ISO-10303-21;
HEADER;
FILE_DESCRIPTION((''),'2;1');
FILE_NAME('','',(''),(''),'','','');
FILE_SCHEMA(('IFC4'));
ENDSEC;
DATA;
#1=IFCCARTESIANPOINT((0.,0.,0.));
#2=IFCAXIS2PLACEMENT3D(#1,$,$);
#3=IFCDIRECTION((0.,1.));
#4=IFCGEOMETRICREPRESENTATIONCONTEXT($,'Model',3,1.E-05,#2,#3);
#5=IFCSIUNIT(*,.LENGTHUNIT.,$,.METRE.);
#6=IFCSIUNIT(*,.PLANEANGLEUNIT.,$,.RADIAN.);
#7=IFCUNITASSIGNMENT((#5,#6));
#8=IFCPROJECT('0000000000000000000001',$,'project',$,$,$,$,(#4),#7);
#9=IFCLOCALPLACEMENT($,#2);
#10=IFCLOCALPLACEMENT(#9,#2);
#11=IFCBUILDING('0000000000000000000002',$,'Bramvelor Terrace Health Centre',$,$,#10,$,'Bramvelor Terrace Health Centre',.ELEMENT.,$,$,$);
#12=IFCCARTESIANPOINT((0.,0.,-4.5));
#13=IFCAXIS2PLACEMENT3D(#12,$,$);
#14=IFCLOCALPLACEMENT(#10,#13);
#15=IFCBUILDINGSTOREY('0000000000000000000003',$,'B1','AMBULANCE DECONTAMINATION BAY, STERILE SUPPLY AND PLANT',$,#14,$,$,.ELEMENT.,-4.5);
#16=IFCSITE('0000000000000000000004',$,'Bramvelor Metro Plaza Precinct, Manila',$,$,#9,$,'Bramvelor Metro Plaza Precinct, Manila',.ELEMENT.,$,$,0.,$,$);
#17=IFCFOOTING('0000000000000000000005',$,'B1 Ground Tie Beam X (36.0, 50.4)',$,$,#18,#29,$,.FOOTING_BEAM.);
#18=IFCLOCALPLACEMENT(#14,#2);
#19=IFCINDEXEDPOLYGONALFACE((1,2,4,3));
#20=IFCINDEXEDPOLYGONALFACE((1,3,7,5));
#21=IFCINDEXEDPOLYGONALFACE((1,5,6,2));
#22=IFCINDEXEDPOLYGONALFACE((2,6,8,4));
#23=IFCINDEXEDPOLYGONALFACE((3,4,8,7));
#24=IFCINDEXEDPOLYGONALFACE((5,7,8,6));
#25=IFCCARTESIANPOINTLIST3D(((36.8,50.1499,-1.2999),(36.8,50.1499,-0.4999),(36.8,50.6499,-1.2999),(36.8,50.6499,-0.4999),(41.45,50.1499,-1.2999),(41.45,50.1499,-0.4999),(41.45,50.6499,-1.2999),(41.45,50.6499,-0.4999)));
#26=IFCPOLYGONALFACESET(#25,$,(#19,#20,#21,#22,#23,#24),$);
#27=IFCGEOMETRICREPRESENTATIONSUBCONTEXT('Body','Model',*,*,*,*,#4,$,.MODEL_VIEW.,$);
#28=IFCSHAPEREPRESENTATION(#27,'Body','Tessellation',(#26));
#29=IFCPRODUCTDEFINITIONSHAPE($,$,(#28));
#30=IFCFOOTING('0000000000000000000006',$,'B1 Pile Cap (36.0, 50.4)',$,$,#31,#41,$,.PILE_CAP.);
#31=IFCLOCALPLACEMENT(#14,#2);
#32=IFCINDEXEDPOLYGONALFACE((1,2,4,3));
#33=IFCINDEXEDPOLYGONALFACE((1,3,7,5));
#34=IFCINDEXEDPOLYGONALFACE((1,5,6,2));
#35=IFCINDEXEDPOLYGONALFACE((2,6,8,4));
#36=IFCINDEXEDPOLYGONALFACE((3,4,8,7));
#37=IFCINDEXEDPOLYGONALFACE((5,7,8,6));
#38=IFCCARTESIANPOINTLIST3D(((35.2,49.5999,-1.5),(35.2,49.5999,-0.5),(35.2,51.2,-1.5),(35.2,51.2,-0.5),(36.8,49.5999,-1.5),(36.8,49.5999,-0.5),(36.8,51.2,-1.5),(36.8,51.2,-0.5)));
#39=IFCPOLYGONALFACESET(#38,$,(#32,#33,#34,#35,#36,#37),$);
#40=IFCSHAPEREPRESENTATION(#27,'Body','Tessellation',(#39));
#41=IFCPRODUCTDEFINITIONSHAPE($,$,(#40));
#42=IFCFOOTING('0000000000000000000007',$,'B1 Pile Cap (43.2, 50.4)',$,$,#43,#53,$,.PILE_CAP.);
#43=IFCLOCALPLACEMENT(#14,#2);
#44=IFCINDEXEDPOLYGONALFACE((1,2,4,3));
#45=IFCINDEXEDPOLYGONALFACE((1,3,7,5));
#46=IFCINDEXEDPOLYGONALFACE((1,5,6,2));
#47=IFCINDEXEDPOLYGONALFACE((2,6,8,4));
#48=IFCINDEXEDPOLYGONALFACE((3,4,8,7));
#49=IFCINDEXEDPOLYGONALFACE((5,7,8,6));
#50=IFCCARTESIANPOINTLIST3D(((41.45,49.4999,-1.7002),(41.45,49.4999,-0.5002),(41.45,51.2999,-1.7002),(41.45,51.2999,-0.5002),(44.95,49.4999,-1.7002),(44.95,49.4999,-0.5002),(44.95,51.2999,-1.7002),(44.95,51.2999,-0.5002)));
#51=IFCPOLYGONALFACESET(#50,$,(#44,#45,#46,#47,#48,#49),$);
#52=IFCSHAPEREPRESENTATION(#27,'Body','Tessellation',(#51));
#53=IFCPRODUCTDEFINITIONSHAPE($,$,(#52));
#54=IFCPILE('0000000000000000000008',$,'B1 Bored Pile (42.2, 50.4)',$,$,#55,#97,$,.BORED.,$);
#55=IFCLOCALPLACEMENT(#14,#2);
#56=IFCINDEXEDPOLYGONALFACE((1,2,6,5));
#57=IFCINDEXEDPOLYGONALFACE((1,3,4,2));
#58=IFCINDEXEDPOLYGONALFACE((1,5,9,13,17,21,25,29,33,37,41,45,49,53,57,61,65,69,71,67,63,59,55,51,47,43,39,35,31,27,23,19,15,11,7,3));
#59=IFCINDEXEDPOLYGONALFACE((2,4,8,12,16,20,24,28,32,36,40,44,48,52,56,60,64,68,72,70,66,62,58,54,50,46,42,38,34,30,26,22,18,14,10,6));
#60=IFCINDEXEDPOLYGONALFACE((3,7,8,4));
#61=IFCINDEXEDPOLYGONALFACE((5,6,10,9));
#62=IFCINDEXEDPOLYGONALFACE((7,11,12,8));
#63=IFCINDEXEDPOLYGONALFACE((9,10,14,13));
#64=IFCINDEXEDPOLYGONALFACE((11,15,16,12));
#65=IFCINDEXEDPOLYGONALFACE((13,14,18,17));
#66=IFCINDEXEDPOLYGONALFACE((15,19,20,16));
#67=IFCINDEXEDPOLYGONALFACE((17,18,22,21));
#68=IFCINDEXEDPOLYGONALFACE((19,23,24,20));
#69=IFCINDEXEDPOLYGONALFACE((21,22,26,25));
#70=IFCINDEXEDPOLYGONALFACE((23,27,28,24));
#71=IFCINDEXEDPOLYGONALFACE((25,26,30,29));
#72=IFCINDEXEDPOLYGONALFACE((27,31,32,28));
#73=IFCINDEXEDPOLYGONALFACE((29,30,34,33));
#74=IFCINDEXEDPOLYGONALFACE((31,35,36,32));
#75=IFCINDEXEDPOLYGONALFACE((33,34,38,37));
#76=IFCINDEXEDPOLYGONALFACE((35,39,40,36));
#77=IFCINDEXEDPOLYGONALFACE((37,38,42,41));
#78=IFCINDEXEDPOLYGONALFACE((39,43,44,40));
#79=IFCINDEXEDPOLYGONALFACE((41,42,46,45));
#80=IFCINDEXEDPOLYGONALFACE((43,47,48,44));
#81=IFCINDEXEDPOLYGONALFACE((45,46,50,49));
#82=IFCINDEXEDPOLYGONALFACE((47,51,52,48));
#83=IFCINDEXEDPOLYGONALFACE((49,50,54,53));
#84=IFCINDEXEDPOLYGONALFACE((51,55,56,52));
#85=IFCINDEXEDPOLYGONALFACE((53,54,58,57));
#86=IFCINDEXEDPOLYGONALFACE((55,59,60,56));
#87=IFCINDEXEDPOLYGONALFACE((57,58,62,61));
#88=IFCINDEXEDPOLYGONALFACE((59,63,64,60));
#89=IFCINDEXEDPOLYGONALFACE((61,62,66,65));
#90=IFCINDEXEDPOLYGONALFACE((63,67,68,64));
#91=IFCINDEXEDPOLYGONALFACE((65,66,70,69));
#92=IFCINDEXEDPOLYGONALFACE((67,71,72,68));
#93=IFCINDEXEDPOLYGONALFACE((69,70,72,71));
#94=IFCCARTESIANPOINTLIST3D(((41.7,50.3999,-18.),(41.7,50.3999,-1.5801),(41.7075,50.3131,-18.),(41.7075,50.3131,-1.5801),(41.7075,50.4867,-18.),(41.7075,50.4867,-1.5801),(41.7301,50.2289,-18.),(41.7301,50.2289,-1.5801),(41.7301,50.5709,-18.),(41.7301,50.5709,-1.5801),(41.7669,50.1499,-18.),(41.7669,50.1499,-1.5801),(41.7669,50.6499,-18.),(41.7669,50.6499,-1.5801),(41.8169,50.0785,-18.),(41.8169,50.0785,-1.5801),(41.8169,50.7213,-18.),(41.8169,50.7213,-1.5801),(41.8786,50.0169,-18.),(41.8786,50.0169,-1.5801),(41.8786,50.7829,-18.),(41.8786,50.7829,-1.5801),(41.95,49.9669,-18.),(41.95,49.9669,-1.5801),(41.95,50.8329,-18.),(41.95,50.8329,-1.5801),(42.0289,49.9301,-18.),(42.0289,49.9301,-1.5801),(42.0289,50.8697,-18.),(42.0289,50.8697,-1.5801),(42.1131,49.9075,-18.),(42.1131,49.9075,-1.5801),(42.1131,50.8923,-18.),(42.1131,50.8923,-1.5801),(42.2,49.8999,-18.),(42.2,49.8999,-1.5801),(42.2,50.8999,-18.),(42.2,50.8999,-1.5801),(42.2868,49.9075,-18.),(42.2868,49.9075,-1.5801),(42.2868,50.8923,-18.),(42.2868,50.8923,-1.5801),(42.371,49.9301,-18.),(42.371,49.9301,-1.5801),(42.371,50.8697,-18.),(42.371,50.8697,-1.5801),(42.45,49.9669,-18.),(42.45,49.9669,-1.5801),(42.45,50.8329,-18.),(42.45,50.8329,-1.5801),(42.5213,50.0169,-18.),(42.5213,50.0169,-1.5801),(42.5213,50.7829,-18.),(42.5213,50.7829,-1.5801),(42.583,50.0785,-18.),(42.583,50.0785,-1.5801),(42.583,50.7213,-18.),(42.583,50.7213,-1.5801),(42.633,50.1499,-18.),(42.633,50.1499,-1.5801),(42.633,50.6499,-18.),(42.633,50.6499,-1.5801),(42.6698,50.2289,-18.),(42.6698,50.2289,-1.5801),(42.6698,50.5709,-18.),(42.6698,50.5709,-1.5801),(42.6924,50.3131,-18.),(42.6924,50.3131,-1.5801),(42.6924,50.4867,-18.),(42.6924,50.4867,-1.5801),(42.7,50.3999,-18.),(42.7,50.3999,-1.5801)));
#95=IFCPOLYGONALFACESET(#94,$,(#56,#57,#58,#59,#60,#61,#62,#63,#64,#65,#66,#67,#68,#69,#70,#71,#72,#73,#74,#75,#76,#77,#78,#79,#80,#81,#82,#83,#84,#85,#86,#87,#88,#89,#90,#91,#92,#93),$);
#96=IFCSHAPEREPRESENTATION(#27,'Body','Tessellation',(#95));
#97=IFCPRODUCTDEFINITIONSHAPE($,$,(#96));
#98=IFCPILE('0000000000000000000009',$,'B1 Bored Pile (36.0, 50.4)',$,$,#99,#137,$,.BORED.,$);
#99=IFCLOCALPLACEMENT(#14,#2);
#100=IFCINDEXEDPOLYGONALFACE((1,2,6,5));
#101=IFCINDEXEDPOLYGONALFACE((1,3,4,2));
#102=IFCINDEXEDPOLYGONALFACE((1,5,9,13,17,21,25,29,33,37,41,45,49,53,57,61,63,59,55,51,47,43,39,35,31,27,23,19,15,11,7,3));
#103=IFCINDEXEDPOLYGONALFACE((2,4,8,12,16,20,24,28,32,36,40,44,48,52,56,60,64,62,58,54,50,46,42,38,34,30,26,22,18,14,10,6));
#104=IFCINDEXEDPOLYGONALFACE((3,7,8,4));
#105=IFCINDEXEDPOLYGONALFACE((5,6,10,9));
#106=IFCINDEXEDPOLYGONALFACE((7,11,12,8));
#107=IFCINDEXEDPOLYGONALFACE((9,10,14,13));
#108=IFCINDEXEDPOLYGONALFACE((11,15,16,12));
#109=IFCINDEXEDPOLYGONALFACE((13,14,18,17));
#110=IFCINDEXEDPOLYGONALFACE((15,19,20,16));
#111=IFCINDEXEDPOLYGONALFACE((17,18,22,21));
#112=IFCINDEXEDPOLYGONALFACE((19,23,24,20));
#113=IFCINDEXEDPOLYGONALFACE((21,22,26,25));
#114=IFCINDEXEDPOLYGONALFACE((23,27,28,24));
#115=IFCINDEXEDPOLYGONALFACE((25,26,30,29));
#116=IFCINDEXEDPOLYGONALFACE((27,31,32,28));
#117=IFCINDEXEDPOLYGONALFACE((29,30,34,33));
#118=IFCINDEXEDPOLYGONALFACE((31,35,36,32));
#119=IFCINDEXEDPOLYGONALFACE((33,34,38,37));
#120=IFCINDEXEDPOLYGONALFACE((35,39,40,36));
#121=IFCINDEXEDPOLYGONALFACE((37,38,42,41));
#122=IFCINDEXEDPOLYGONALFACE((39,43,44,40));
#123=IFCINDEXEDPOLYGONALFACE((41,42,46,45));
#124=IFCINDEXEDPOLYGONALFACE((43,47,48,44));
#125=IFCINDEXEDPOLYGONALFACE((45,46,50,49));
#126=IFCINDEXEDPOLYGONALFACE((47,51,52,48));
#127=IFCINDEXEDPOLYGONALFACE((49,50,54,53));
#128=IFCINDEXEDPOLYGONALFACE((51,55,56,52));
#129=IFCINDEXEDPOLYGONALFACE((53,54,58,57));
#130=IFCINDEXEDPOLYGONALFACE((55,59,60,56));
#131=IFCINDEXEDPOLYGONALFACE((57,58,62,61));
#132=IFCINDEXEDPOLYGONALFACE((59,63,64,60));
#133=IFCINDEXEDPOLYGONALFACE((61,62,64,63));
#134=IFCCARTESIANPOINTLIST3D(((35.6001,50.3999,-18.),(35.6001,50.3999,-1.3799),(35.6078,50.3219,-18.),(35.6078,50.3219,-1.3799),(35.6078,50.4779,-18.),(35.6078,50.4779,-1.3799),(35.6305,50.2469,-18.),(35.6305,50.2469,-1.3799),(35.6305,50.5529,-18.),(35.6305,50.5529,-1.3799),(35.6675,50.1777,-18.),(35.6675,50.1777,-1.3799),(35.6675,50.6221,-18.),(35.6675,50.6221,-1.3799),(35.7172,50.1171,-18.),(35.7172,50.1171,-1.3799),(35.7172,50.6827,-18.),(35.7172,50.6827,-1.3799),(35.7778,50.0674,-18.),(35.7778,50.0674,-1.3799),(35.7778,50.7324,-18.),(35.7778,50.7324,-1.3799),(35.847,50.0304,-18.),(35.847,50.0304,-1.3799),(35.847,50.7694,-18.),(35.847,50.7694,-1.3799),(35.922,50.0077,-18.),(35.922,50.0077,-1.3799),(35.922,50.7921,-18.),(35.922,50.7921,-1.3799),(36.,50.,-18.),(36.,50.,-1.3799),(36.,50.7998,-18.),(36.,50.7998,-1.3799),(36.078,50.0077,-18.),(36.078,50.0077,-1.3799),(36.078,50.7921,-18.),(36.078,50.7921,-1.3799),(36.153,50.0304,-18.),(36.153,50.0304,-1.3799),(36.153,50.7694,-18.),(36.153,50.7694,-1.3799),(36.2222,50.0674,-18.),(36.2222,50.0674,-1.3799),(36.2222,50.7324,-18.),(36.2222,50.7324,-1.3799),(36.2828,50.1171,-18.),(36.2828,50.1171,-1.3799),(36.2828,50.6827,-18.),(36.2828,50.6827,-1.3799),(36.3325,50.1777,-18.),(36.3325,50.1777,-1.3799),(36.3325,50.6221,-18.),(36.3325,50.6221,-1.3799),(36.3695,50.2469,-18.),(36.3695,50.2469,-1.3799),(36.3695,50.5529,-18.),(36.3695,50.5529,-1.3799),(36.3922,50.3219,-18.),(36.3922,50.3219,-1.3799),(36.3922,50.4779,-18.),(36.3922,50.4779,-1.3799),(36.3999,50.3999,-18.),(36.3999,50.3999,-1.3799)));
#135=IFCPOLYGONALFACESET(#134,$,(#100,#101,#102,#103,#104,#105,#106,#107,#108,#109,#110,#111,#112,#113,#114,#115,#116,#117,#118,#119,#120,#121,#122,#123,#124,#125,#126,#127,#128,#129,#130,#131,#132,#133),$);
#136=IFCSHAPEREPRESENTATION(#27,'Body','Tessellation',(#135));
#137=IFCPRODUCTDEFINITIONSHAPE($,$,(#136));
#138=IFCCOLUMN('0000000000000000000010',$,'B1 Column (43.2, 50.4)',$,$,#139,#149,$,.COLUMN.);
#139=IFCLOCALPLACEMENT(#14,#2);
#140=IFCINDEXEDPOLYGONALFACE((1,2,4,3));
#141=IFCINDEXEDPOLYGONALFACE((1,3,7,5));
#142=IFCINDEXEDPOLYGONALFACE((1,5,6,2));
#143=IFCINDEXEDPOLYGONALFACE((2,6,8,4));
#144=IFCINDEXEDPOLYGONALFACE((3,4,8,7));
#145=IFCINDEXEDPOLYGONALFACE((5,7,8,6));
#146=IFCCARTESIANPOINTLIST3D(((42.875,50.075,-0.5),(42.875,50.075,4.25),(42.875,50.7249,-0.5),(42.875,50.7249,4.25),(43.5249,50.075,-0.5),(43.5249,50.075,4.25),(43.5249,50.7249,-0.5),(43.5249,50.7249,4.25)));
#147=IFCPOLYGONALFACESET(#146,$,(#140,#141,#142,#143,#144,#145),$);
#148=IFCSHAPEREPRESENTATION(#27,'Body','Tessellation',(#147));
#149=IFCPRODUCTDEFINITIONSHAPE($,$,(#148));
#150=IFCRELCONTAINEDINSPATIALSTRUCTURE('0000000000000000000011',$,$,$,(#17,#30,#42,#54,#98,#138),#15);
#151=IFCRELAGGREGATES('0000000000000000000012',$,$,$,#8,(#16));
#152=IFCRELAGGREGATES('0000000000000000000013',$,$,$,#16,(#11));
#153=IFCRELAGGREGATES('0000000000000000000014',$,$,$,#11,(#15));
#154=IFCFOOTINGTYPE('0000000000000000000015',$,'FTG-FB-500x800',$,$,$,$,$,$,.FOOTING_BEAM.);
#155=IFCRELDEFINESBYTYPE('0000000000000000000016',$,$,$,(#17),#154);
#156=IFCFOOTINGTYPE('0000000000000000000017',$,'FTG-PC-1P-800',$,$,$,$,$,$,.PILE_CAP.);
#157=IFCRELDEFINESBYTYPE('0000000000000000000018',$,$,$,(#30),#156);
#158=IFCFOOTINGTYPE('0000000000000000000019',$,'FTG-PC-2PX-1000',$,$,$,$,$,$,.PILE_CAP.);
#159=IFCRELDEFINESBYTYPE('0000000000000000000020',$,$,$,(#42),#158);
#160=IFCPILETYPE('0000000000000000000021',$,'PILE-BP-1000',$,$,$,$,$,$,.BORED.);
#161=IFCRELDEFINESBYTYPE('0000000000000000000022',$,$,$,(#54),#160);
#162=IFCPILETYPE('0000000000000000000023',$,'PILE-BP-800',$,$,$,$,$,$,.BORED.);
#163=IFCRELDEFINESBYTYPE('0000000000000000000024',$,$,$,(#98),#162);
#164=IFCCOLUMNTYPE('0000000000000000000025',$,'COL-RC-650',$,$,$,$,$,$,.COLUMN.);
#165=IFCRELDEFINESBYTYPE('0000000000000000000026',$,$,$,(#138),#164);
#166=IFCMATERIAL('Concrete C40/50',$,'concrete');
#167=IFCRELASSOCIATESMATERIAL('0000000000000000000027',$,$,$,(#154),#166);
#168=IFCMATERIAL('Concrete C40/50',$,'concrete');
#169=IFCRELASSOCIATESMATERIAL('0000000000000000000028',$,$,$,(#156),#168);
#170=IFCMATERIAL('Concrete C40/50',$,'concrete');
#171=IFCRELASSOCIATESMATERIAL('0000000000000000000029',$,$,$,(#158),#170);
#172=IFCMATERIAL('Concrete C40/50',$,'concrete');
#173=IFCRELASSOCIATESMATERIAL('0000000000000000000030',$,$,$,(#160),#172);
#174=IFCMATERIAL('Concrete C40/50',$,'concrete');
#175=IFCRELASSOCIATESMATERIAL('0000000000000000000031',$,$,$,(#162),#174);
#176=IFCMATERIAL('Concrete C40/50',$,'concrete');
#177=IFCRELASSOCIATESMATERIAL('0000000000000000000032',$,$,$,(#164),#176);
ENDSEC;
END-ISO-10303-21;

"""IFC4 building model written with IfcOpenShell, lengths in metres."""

from ifc_helpers import new_model, si_unit, direction, frame, origin, origin_2d, place, context, subcontext, project, spatial, rectangle, circle, extrude, material, material_profile, profile_set, type_object, element, save


model = new_model("IFC4")

# Units and contexts
model_context = context("Model", 3, precision=1e-05, world=origin(), true_north=direction((0.0, 1.0)))
body_context = subcontext(model_context, "Body", "Model", "MODEL_VIEW")
ifc_project = project(units=[si_unit("LENGTHUNIT", "METRE"), si_unit("PLANEANGLEUNIT", "RADIAN")], contexts=[model_context])

# Site, building, storey
site_placement = place(None, origin())
site = spatial("IfcSite", under=ifc_project, at=site_placement, Name="Bramvelor Metro Plaza Precinct, Manila", LongName="Bramvelor Metro Plaza Precinct, Manila", CompositionType="ELEMENT", RefElevation=0.0)
building_placement = place(site_placement, origin())
building = spatial("IfcBuilding", under=site, at=building_placement, Name="Bramvelor Terrace Health Centre", LongName="Bramvelor Terrace Health Centre", CompositionType="ELEMENT")
storey_placement = place(building_placement, frame((0.0, 0.0, -4.5)))
storey = spatial("IfcBuildingStorey", under=building, at=storey_placement, Name="B1", Description="AMBULANCE DECONTAMINATION BAY, STERILE SUPPLY AND PLANT", CompositionType="ELEMENT", Elevation=-4.5)

# Footings
ifc_material_1 = material(Name="Concrete C40/50", Category="concrete")
ifc_material_profile_1 = material_profile(ifc_material_1, rectangle(XDim=0.5, YDim=0.8, at=origin_2d()), Name="RC 500x800")
ifc_profile_set_1 = profile_set([ifc_material_profile_1], Name="Concrete C40/50")
footing_type_1 = type_object("IfcFootingType", Name="FTG-FB-500x800", PredefinedType="FOOTING_BEAM", material=ifc_profile_set_1)
footing_1_placement = place(storey_placement, frame((36.8, 50.3999, -0.8999), z_axis=(1.0, 0.0, 0.0), x_axis=(0.0, 1.0, 0.0)))
element("IfcFooting", 1, at=footing_1_placement, inside=storey, type_object=footing_type_1, Name="B1 Ground Tie Beam X (36.0, 50.4)", PredefinedType="FOOTING_BEAM", context=body_context, shape_type="SweptSolid", body=[
    extrude(rectangle(XDim=0.5, YDim=0.8, at=origin_2d()), origin(), (0.0, 0.0, 1.0), 4.6499),
])
ifc_material_2 = material(Name="Concrete C40/50", Category="concrete")
footing_type_2 = type_object("IfcFootingType", Name="FTG-PC-1P-800", PredefinedType="PILE_CAP", material=ifc_material_2)
footing_2_placement = place(storey_placement, frame((36.0, 50.3999, -1.5), z_axis=(0.0, 0.0, 1.0), x_axis=(1.0, 0.0, 0.0)))
element("IfcFooting", 2, at=footing_2_placement, inside=storey, type_object=footing_type_2, Name="B1 Pile Cap (36.0, 50.4)", PredefinedType="PILE_CAP", context=body_context, shape_type="SweptSolid", body=[
    extrude(rectangle(XDim=1.6001, YDim=1.6001, at=origin_2d()), origin(), (0.0, 0.0, 1.0), 1.0),
])
ifc_material_3 = material(Name="Concrete C40/50", Category="concrete")
footing_type_3 = type_object("IfcFootingType", Name="FTG-PC-2PX-1000", PredefinedType="PILE_CAP", material=ifc_material_3)
footing_3_placement = place(storey_placement, frame((43.2, 50.3999, -1.7002), z_axis=(0.0, 0.0, 1.0), x_axis=(1.0, 0.0, 0.0)))
element("IfcFooting", 3, at=footing_3_placement, inside=storey, type_object=footing_type_3, Name="B1 Pile Cap (43.2, 50.4)", PredefinedType="PILE_CAP", context=body_context, shape_type="SweptSolid", body=[
    extrude(rectangle(XDim=3.5, YDim=1.8, at=origin_2d()), origin(), (0.0, 0.0, 1.0), 1.2),
])

# Piles
ifc_material_4 = material(Name="Concrete C40/50", Category="concrete")
ifc_material_profile_2 = material_profile(ifc_material_4, circle(Radius=0.5, at=origin_2d()), Name="BP D1000")
ifc_profile_set_2 = profile_set([ifc_material_profile_2], Name="Concrete C40/50")
pile_type_1 = type_object("IfcPileType", Name="PILE-BP-1000", PredefinedType="BORED", material=ifc_profile_set_2)
pile_1_placement = place(storey_placement, frame((42.2, 50.3999, -1.5801), z_axis=(0.0, 0.0, -1.0), x_axis=(1.0, 0.0, 0.0)))
element("IfcPile", 4, at=pile_1_placement, inside=storey, type_object=pile_type_1, Name="B1 Bored Pile (42.2, 50.4)", PredefinedType="BORED", context=body_context, shape_type="SweptSolid", body=[
    extrude(circle(Radius=0.5, at=origin_2d()), origin(), (0.0, 0.0, 1.0), 16.4199),
])
ifc_material_5 = material(Name="Concrete C40/50", Category="concrete")
ifc_material_profile_3 = material_profile(ifc_material_5, circle(Radius=0.3999, at=origin_2d()), Name="BP D800")
ifc_profile_set_3 = profile_set([ifc_material_profile_3], Name="Concrete C40/50")
pile_type_2 = type_object("IfcPileType", Name="PILE-BP-800", PredefinedType="BORED", material=ifc_profile_set_3)
pile_2_placement = place(storey_placement, frame((36.0, 50.3999, -1.3799), z_axis=(0.0, 0.0, -1.0), x_axis=(1.0, 0.0, 0.0)))
element("IfcPile", 5, at=pile_2_placement, inside=storey, type_object=pile_type_2, Name="B1 Bored Pile (36.0, 50.4)", PredefinedType="BORED", context=body_context, shape_type="SweptSolid", body=[
    extrude(circle(Radius=0.3999, at=origin_2d()), origin(), (0.0, 0.0, 1.0), 16.6201),
])

# Column
ifc_material_6 = material(Name="Concrete C40/50", Category="concrete")
ifc_material_profile_4 = material_profile(ifc_material_6, rectangle(XDim=0.6499, YDim=0.6499, at=origin_2d()), Name="RC 650x650")
ifc_profile_set_4 = profile_set([ifc_material_profile_4], Name="Concrete C40/50")
column_type_1 = type_object("IfcColumnType", Name="COL-RC-650", PredefinedType="COLUMN", material=ifc_profile_set_4)
column_1_placement = place(storey_placement, frame((43.2, 50.3999, -0.5), z_axis=(0.0, 0.0, 1.0), x_axis=(1.0, 0.0, 0.0)))
element("IfcColumn", 6, at=column_1_placement, inside=storey, type_object=column_type_1, Name="B1 Column (43.2, 50.4)", PredefinedType="COLUMN", context=body_context, shape_type="SweptSolid", body=[
    extrude(rectangle(XDim=0.6499, YDim=0.6499, at=origin_2d()), origin(), (0.0, 0.0, 1.0), 4.75),
])

save(model, "model.ifc")
